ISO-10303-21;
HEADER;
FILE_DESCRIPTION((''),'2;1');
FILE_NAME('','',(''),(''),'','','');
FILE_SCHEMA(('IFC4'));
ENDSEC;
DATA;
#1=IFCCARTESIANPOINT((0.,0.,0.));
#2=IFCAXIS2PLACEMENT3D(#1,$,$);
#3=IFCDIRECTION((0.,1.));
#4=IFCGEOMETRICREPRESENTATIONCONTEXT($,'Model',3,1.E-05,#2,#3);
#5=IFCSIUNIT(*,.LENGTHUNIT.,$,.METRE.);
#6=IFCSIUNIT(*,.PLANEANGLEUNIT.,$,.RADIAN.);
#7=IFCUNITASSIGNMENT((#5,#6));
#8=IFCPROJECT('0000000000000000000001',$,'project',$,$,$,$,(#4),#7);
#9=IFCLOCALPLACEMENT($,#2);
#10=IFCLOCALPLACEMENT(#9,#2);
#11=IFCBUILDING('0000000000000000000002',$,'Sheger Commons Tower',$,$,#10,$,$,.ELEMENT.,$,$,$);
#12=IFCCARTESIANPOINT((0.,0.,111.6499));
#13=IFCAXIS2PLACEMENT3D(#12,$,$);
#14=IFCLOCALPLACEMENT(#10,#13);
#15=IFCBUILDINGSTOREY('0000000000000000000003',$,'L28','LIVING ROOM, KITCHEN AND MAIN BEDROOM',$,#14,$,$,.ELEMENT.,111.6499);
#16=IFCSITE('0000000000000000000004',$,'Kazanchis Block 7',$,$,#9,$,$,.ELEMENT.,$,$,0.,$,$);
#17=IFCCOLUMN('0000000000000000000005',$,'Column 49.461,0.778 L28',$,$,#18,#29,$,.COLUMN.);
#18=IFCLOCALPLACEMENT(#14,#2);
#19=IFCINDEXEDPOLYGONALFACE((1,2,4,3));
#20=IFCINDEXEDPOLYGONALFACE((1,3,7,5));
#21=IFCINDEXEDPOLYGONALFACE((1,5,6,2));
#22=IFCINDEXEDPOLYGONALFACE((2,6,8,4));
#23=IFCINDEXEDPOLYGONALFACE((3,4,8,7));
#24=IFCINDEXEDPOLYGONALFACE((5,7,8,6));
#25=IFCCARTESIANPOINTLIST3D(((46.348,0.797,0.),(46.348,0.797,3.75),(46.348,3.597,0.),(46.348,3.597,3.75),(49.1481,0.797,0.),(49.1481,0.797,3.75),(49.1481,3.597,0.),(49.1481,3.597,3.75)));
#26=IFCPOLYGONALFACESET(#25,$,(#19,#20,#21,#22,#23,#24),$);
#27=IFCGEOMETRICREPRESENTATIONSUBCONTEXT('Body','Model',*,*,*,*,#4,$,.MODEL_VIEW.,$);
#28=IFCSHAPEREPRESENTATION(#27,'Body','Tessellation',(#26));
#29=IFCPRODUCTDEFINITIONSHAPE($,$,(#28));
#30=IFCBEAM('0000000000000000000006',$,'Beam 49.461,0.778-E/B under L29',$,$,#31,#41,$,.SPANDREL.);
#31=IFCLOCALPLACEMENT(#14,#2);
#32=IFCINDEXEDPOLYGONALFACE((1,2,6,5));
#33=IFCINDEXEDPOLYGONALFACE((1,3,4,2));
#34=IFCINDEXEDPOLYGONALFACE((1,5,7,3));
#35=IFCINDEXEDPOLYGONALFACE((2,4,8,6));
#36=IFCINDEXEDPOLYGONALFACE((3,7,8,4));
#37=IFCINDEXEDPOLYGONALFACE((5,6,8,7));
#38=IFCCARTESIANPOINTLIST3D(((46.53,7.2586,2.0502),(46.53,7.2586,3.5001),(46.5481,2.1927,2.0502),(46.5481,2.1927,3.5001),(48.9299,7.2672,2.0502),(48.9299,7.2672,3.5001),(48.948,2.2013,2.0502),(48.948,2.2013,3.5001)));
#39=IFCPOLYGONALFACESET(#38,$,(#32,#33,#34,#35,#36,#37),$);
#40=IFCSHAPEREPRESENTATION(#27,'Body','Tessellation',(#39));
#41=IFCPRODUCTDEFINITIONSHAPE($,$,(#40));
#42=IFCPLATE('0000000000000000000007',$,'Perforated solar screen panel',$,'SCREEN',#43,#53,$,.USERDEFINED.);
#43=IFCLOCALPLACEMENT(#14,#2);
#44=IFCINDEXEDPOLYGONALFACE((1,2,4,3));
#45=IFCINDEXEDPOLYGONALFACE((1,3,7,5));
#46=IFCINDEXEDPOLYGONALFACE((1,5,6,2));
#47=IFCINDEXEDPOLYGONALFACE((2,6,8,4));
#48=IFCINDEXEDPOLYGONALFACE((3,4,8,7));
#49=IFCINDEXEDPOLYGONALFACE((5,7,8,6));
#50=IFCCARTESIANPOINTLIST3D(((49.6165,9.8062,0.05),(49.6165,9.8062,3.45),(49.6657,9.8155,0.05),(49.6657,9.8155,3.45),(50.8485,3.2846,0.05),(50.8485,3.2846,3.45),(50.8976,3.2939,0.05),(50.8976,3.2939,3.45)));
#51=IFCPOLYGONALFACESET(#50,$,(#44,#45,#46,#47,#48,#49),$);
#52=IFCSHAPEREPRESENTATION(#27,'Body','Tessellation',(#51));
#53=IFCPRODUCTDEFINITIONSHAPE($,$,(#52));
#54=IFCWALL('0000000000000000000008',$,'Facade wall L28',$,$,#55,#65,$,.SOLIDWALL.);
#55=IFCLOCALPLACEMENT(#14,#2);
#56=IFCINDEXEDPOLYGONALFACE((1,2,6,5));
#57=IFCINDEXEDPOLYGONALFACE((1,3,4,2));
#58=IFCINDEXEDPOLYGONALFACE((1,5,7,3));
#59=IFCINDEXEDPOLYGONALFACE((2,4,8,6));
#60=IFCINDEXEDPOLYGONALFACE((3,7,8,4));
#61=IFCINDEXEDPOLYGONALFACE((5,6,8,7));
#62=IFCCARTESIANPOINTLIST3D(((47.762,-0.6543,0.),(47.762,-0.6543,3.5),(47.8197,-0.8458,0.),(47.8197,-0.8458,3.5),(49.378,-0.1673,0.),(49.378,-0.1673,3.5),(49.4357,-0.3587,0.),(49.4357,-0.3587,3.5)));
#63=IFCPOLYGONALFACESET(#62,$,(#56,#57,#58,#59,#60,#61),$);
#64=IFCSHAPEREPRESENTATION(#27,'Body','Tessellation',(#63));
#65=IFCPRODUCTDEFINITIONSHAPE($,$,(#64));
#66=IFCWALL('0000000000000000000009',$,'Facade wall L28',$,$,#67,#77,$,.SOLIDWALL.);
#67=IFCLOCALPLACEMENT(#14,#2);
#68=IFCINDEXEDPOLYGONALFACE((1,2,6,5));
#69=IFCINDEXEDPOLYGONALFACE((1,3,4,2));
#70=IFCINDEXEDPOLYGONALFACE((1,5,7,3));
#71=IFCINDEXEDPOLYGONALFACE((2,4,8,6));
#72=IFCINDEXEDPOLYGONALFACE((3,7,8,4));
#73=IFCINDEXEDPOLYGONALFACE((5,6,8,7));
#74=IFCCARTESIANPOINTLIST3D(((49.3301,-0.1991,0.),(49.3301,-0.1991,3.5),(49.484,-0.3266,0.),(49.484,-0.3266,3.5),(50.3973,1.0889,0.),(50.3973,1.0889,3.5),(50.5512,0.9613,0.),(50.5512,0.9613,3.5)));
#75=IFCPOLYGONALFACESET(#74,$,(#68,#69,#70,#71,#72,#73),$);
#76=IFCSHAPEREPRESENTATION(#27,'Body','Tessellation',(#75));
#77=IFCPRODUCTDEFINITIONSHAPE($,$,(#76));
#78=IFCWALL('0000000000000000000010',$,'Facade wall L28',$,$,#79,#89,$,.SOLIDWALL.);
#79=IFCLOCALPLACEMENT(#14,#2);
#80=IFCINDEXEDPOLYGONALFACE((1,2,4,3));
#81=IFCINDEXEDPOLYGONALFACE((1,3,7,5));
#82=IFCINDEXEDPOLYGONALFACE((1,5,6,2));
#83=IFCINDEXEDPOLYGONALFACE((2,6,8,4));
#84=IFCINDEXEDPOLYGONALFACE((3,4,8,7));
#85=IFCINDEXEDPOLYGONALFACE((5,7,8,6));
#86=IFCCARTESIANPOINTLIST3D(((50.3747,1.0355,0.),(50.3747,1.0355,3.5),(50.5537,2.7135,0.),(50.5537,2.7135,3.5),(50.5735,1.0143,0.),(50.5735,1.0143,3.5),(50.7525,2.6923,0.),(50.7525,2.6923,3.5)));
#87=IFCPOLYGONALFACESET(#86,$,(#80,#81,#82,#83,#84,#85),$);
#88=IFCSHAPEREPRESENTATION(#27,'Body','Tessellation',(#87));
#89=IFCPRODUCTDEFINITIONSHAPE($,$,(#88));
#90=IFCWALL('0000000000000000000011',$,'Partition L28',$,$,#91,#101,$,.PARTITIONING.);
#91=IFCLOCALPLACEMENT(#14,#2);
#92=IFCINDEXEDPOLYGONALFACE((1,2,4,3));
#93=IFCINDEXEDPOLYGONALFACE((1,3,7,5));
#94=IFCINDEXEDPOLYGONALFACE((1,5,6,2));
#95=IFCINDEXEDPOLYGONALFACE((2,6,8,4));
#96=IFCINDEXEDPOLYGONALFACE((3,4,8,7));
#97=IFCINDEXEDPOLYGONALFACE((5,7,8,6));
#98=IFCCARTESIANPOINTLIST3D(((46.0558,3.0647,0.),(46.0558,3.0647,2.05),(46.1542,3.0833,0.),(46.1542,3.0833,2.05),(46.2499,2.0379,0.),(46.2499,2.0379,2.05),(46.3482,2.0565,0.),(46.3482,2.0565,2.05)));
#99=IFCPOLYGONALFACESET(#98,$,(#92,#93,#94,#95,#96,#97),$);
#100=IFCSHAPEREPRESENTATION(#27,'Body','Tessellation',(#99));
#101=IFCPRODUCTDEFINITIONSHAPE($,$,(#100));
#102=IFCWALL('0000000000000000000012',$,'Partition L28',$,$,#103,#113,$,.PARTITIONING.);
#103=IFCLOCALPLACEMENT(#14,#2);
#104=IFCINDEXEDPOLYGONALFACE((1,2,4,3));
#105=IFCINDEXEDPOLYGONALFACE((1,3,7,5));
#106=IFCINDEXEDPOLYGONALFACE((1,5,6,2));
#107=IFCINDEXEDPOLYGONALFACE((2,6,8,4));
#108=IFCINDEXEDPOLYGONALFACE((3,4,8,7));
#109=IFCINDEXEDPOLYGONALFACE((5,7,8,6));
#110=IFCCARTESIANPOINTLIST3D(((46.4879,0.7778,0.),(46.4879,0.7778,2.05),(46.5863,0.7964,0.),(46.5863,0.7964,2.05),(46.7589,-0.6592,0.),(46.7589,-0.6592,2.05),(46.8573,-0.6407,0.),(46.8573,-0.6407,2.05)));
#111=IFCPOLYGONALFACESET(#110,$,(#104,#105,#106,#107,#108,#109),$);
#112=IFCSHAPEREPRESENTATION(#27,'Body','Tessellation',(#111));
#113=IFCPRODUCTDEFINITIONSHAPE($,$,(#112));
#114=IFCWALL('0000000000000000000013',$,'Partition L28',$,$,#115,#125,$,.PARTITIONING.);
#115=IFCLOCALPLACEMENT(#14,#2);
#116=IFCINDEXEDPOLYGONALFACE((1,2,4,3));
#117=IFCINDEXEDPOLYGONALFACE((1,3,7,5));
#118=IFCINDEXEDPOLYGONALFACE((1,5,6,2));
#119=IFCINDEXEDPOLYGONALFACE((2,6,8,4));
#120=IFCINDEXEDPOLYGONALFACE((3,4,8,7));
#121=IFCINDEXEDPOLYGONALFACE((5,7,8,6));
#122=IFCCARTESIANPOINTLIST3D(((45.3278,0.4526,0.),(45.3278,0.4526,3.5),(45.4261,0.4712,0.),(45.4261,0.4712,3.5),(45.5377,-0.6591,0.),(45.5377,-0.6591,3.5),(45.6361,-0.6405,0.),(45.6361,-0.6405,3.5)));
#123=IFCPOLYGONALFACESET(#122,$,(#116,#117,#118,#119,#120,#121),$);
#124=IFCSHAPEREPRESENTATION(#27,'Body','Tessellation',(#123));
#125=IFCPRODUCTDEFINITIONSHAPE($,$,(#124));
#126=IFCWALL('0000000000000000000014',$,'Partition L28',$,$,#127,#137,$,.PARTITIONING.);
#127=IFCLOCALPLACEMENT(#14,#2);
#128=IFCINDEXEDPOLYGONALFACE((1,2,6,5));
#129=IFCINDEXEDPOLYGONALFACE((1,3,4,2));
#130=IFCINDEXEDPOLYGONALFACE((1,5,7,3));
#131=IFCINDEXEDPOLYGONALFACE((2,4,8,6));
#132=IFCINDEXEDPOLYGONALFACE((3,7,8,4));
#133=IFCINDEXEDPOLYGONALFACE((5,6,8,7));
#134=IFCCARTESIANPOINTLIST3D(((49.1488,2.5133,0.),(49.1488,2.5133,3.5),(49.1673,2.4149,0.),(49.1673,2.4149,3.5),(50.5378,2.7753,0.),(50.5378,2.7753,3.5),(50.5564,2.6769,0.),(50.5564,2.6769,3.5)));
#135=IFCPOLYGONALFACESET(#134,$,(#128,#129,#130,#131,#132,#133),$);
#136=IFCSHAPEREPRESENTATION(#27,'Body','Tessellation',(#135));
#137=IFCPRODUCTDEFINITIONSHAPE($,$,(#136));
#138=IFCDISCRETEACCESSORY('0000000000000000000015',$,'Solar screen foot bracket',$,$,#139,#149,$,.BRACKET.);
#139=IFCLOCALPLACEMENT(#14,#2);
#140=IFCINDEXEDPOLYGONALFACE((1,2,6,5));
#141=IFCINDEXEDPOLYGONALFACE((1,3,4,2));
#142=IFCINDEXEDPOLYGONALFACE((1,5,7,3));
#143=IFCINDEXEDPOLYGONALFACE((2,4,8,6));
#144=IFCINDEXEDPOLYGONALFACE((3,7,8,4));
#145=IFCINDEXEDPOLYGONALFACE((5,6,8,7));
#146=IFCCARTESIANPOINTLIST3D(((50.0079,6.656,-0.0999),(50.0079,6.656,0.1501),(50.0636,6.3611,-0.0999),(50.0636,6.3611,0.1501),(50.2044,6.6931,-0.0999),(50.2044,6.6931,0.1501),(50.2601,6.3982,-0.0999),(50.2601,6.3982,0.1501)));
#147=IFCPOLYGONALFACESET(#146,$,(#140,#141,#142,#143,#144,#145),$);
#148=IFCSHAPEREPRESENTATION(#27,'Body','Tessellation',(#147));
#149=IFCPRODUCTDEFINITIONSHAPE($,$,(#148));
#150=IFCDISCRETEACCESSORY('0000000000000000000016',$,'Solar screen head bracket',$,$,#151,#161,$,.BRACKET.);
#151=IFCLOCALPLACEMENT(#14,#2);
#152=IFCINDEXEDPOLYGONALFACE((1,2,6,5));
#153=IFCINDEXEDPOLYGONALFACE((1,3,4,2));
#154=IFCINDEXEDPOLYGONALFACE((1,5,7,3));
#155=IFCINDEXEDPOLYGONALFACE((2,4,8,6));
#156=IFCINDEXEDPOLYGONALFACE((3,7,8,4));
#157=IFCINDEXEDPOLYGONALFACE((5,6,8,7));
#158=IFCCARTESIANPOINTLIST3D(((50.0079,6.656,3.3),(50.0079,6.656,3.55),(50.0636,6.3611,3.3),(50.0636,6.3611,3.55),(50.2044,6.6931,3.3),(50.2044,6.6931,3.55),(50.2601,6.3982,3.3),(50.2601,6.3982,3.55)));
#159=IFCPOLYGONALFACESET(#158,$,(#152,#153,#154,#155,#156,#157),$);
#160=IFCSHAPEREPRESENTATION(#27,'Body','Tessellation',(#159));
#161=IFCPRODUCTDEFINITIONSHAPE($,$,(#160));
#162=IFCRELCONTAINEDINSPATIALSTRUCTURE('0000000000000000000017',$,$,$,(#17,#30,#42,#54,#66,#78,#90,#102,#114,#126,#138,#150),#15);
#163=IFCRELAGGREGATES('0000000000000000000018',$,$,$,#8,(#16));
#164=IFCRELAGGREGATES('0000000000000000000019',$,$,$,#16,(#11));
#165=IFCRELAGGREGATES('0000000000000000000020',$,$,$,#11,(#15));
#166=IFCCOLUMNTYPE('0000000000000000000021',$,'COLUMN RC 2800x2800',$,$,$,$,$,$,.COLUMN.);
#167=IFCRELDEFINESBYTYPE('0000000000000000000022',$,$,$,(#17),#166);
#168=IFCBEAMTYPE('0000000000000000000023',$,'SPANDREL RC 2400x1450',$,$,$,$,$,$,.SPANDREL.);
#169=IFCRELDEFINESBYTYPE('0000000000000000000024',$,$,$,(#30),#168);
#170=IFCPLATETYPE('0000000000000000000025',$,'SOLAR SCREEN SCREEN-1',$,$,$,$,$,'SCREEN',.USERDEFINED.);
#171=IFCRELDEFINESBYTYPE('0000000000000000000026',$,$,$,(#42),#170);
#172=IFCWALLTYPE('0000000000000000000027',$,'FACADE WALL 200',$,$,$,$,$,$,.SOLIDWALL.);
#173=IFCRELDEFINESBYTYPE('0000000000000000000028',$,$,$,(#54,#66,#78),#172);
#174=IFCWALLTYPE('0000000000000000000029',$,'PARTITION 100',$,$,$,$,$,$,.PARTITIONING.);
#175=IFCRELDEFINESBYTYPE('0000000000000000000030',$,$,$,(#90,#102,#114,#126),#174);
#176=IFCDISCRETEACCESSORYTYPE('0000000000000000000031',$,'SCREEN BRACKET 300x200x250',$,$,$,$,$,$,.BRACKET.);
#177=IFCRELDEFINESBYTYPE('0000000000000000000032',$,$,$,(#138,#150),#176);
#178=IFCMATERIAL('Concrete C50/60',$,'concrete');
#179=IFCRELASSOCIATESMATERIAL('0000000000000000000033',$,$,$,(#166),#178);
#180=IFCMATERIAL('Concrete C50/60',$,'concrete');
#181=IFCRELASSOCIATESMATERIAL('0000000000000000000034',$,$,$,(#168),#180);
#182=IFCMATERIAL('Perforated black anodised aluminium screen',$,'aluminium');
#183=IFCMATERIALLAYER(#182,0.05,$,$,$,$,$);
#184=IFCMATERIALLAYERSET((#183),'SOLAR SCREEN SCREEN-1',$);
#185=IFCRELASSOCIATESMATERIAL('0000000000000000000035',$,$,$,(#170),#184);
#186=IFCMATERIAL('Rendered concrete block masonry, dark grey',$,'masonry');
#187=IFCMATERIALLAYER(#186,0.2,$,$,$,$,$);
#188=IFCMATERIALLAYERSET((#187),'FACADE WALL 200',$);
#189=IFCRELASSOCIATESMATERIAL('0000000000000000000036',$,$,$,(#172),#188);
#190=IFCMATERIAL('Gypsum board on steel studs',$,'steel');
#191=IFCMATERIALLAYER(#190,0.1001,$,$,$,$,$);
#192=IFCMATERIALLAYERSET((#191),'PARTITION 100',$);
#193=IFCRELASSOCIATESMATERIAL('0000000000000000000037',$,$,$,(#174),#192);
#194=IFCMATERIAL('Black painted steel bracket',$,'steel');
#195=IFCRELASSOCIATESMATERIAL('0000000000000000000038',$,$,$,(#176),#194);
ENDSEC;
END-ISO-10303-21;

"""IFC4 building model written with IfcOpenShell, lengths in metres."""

from ifc_helpers import new_model, si_unit, direction, frame, frame_2d, origin, origin_2d, place, context, subcontext, project, spatial, rectangle, extrude, material, layer, layer_set, material_profile, profile_set, type_object, element, save


model = new_model("IFC4")

# Units and contexts
model_context = context("Model", 3, precision=1e-05, world=origin(), true_north=direction((0.0, 1.0)))
body_context = subcontext(model_context, "Body", "Model", "MODEL_VIEW")
ifc_project = project(units=[si_unit("LENGTHUNIT", "METRE"), si_unit("PLANEANGLEUNIT", "RADIAN")], contexts=[model_context])

# Site, building, storey
site_placement = place(None, origin())
site = spatial("IfcSite", under=ifc_project, at=site_placement, Name="Kazanchis Block 7", CompositionType="ELEMENT", RefElevation=0.0)
building_placement = place(site_placement, origin())
building = spatial("IfcBuilding", under=site, at=building_placement, Name="Sheger Commons Tower", CompositionType="ELEMENT")
storey_placement = place(building_placement, frame((0.0, 0.0, 111.6499)))
storey = spatial("IfcBuildingStorey", under=building, at=storey_placement, Name="L28", Description="LIVING ROOM, KITCHEN AND MAIN BEDROOM", CompositionType="ELEMENT", Elevation=111.6499)

# Column
ifc_material_1 = material(Name="Concrete C50/60", Category="concrete")
ifc_material_profile_1 = material_profile(ifc_material_1, rectangle(XDim=2.8, YDim=2.8, at=origin_2d()), Name="RC 2800x2800")
ifc_profile_set_1 = profile_set([ifc_material_profile_1], Name="Concrete C50/60")
column_type = type_object("IfcColumnType", Name="COLUMN RC 2800x2800", PredefinedType="COLUMN", material=ifc_profile_set_1)
column_placement = place(storey_placement, frame((47.748, 2.197, 0.0), z_axis=(0.0, 0.0, 1.0), x_axis=(1.0, 0.0, 0.0)))
element("IfcColumn", 1, at=column_placement, inside=storey, type_object=column_type, Name="Column 49.461,0.778 L28", PredefinedType="COLUMN", context=body_context, shape_type="SweptSolid", body=[
    extrude(rectangle(XDim=2.8, YDim=2.8, at=origin_2d()), origin(), (0.0, 0.0, 1.0), 3.75),
])

# Beam
ifc_material_2 = material(Name="Concrete C50/60", Category="concrete")
ifc_material_profile_2 = material_profile(ifc_material_2, rectangle(XDim=2.3999, YDim=1.45, at=origin_2d()), Name="RC 2400x1450")
ifc_profile_set_2 = profile_set([ifc_material_profile_2], Name="Concrete C50/60")
beam_type = type_object("IfcBeamType", Name="SPANDREL RC 2400x1450", PredefinedType="SPANDREL", material=ifc_profile_set_2)
beam_placement = place(storey_placement, frame((47.748, 2.197, 2.7751), z_axis=(-0.003566, 0.999994, 0.0), x_axis=(-0.999994, -0.003566, 0.0)))
element("IfcBeam", 2, at=beam_placement, inside=storey, type_object=beam_type, Name="Beam 49.461,0.778-E/B under L29", PredefinedType="SPANDREL", context=body_context, shape_type="SweptSolid", body=[
    extrude(rectangle(XDim=2.3999, YDim=1.45, at=origin_2d()), origin(), (0.0, 0.0, 1.0), 5.0659),
])

# Plate
ifc_material_3 = material(Name="Perforated black anodised aluminium screen", Category="aluminium")
ifc_layer_1 = layer(ifc_material_3, 0.05)
ifc_layer_set_1 = layer_set([ifc_layer_1], Name="SOLAR SCREEN SCREEN-1")
plate_type = type_object("IfcPlateType", Name="SOLAR SCREEN SCREEN-1", ElementType="SCREEN", PredefinedType="USERDEFINED", material=ifc_layer_set_1)
plate_placement = place(storey_placement, frame((50.2571, 6.55, 0.05), z_axis=(0.0, 0.0, 1.0), x_axis=(-0.185615, 0.982623, 0.0)))
element("IfcPlate", 3, at=plate_placement, inside=storey, type_object=plate_type, Name="Perforated solar screen panel", ObjectType="SCREEN", PredefinedType="USERDEFINED", context=body_context, shape_type="SweptSolid", body=[
    extrude(rectangle(XDim=6.637, YDim=0.05, at=origin_2d()), origin(), (0.0, 0.0, 1.0), 3.3999),
])

# Walls
ifc_material_4 = material(Name="Rendered concrete block masonry, dark grey", Category="masonry")
ifc_layer_2 = layer(ifc_material_4, 0.2)
ifc_layer_set_2 = layer_set([ifc_layer_2], Name="FACADE WALL 200")
wall_type_1 = type_object("IfcWallType", Name="FACADE WALL 200", PredefinedType="SOLIDWALL", material=ifc_layer_set_2)
wall_1_placement = place(storey_placement, frame((47.791, -0.75, 0.0), z_axis=(0.0, 0.0, 1.0), x_axis=(0.957455, 0.288582, 0.0)))
element("IfcWall", 4, at=wall_1_placement, inside=storey, type_object=wall_type_1, Name="Facade wall L28", PredefinedType="SOLIDWALL", context=body_context, shape_type="SweptSolid", body=[
    extrude(rectangle(XDim=1.6877, YDim=0.2, at=frame_2d((0.8438, 0.0))), origin(), (0.0, 0.0, 1.0), 3.5),
])
wall_2_placement = place(storey_placement, frame((49.407, -0.2629, 0.0), z_axis=(0.0, 0.0, 1.0), x_axis=(0.638043, 0.770001, 0.0)))
element("IfcWall", 5, at=wall_2_placement, inside=storey, type_object=wall_type_1, Name="Facade wall L28", PredefinedType="SOLIDWALL", context=body_context, shape_type="SweptSolid", body=[
    extrude(rectangle(XDim=1.6726, YDim=0.2, at=frame_2d((0.8364, 0.0))), origin(), (0.0, 0.0, 1.0), 3.5),
])
wall_3_placement = place(storey_placement, frame((50.4741, 1.0249, 0.0), z_axis=(0.0, 0.0, 1.0), x_axis=(0.106048, 0.994361, 0.0)))
element("IfcWall", 6, at=wall_3_placement, inside=storey, type_object=wall_type_1, Name="Facade wall L28", PredefinedType="SOLIDWALL", context=body_context, shape_type="SweptSolid", body=[
    extrude(rectangle(XDim=1.6875, YDim=0.2, at=frame_2d((0.8438, 0.0))), origin(), (0.0, 0.0, 1.0), 3.5),
])

# Walls
ifc_material_5 = material(Name="Gypsum board on steel studs", Category="steel")
ifc_layer_3 = layer(ifc_material_5, 0.1001)
ifc_layer_set_3 = layer_set([ifc_layer_3], Name="PARTITION 100")
wall_type_2 = type_object("IfcWallType", Name="PARTITION 100", PredefinedType="PARTITIONING", material=ifc_layer_set_3)
wall_4_placement = place(storey_placement, frame((46.105, 3.074, 0.0), z_axis=(0.0, 0.0, 1.0), x_axis=(0.185727, -0.982601, 0.0)))
element("IfcWall", 7, at=wall_4_placement, inside=storey, type_object=wall_type_2, Name="Partition L28", PredefinedType="PARTITIONING", context=body_context, shape_type="SweptSolid", body=[
    extrude(rectangle(XDim=1.0449, YDim=0.1001, at=frame_2d((0.5225, 0.0))), origin(), (0.0, 0.0, 1.0), 2.05),
])
wall_5_placement = place(storey_placement, frame((46.5371, 0.7871, 0.0), z_axis=(0.0, 0.0, 1.0), x_axis=(0.185317, -0.982679, 0.0)))
element("IfcWall", 8, at=wall_5_placement, inside=storey, type_object=wall_type_2, Name="Partition L28", PredefinedType="PARTITIONING", context=body_context, shape_type="SweptSolid", body=[
    extrude(rectangle(XDim=1.4624, YDim=0.1001, at=frame_2d((0.7312, 0.0))), origin(), (0.0, 0.0, 1.0), 2.05),
])
wall_6_placement = place(storey_placement, frame((45.377, 0.4619, 0.0), z_axis=(0.0, 0.0, 1.0), x_axis=(0.185565, -0.982632, 0.0)))
element("IfcWall", 9, at=wall_6_placement, inside=storey, type_object=wall_type_2, Name="Partition L28", PredefinedType="PARTITIONING", context=body_context, shape_type="SweptSolid", body=[
    extrude(rectangle(XDim=1.1313, YDim=0.1001, at=frame_2d((0.5657, 0.0))), origin(), (0.0, 0.0, 1.0), 3.5),
])
wall_7_placement = place(storey_placement, frame((50.5471, 2.7261, 0.0), z_axis=(0.0, 0.0, 1.0), x_axis=(-0.98268, -0.18531, 0.0)))
element("IfcWall", 10, at=wall_7_placement, inside=storey, type_object=wall_type_2, Name="Partition L28", PredefinedType="PARTITIONING", context=body_context, shape_type="SweptSolid", body=[
    extrude(rectangle(XDim=1.4136, YDim=0.1001, at=frame_2d((0.7068, 0.0))), origin(), (0.0, 0.0, 1.0), 3.5),
])

# Discrete accessories
ifc_material_6 = material(Name="Black painted steel bracket", Category="steel")
discrete_accessory_type = type_object("IfcDiscreteAccessoryType", Name="SCREEN BRACKET 300x200x250", PredefinedType="BRACKET", material=ifc_material_6)
for number, where, z_axis, x_axis, name in (
    (11, (50.134, 6.5271, -0.0999), (0.0, 0.0, 1.0), (-0.185615, 0.982623, 0.0), "Solar screen foot bracket"),
    (12, (50.134, 6.5271, 3.3), (0.0, 0.0, 1.0), (-0.185615, 0.982623, 0.0), "Solar screen head bracket"),
):
    element("IfcDiscreteAccessory", number, at=place(storey_placement, frame(where, z_axis=z_axis, x_axis=x_axis)), inside=storey, type_object=discrete_accessory_type, Name=name, PredefinedType="BRACKET", context=body_context, shape_type="SweptSolid", body=[
        extrude(rectangle(XDim=0.3, YDim=0.2, at=origin_2d()), origin(), (0.0, 0.0, 1.0), 0.25),
    ])

save(model, "model.ifc")
